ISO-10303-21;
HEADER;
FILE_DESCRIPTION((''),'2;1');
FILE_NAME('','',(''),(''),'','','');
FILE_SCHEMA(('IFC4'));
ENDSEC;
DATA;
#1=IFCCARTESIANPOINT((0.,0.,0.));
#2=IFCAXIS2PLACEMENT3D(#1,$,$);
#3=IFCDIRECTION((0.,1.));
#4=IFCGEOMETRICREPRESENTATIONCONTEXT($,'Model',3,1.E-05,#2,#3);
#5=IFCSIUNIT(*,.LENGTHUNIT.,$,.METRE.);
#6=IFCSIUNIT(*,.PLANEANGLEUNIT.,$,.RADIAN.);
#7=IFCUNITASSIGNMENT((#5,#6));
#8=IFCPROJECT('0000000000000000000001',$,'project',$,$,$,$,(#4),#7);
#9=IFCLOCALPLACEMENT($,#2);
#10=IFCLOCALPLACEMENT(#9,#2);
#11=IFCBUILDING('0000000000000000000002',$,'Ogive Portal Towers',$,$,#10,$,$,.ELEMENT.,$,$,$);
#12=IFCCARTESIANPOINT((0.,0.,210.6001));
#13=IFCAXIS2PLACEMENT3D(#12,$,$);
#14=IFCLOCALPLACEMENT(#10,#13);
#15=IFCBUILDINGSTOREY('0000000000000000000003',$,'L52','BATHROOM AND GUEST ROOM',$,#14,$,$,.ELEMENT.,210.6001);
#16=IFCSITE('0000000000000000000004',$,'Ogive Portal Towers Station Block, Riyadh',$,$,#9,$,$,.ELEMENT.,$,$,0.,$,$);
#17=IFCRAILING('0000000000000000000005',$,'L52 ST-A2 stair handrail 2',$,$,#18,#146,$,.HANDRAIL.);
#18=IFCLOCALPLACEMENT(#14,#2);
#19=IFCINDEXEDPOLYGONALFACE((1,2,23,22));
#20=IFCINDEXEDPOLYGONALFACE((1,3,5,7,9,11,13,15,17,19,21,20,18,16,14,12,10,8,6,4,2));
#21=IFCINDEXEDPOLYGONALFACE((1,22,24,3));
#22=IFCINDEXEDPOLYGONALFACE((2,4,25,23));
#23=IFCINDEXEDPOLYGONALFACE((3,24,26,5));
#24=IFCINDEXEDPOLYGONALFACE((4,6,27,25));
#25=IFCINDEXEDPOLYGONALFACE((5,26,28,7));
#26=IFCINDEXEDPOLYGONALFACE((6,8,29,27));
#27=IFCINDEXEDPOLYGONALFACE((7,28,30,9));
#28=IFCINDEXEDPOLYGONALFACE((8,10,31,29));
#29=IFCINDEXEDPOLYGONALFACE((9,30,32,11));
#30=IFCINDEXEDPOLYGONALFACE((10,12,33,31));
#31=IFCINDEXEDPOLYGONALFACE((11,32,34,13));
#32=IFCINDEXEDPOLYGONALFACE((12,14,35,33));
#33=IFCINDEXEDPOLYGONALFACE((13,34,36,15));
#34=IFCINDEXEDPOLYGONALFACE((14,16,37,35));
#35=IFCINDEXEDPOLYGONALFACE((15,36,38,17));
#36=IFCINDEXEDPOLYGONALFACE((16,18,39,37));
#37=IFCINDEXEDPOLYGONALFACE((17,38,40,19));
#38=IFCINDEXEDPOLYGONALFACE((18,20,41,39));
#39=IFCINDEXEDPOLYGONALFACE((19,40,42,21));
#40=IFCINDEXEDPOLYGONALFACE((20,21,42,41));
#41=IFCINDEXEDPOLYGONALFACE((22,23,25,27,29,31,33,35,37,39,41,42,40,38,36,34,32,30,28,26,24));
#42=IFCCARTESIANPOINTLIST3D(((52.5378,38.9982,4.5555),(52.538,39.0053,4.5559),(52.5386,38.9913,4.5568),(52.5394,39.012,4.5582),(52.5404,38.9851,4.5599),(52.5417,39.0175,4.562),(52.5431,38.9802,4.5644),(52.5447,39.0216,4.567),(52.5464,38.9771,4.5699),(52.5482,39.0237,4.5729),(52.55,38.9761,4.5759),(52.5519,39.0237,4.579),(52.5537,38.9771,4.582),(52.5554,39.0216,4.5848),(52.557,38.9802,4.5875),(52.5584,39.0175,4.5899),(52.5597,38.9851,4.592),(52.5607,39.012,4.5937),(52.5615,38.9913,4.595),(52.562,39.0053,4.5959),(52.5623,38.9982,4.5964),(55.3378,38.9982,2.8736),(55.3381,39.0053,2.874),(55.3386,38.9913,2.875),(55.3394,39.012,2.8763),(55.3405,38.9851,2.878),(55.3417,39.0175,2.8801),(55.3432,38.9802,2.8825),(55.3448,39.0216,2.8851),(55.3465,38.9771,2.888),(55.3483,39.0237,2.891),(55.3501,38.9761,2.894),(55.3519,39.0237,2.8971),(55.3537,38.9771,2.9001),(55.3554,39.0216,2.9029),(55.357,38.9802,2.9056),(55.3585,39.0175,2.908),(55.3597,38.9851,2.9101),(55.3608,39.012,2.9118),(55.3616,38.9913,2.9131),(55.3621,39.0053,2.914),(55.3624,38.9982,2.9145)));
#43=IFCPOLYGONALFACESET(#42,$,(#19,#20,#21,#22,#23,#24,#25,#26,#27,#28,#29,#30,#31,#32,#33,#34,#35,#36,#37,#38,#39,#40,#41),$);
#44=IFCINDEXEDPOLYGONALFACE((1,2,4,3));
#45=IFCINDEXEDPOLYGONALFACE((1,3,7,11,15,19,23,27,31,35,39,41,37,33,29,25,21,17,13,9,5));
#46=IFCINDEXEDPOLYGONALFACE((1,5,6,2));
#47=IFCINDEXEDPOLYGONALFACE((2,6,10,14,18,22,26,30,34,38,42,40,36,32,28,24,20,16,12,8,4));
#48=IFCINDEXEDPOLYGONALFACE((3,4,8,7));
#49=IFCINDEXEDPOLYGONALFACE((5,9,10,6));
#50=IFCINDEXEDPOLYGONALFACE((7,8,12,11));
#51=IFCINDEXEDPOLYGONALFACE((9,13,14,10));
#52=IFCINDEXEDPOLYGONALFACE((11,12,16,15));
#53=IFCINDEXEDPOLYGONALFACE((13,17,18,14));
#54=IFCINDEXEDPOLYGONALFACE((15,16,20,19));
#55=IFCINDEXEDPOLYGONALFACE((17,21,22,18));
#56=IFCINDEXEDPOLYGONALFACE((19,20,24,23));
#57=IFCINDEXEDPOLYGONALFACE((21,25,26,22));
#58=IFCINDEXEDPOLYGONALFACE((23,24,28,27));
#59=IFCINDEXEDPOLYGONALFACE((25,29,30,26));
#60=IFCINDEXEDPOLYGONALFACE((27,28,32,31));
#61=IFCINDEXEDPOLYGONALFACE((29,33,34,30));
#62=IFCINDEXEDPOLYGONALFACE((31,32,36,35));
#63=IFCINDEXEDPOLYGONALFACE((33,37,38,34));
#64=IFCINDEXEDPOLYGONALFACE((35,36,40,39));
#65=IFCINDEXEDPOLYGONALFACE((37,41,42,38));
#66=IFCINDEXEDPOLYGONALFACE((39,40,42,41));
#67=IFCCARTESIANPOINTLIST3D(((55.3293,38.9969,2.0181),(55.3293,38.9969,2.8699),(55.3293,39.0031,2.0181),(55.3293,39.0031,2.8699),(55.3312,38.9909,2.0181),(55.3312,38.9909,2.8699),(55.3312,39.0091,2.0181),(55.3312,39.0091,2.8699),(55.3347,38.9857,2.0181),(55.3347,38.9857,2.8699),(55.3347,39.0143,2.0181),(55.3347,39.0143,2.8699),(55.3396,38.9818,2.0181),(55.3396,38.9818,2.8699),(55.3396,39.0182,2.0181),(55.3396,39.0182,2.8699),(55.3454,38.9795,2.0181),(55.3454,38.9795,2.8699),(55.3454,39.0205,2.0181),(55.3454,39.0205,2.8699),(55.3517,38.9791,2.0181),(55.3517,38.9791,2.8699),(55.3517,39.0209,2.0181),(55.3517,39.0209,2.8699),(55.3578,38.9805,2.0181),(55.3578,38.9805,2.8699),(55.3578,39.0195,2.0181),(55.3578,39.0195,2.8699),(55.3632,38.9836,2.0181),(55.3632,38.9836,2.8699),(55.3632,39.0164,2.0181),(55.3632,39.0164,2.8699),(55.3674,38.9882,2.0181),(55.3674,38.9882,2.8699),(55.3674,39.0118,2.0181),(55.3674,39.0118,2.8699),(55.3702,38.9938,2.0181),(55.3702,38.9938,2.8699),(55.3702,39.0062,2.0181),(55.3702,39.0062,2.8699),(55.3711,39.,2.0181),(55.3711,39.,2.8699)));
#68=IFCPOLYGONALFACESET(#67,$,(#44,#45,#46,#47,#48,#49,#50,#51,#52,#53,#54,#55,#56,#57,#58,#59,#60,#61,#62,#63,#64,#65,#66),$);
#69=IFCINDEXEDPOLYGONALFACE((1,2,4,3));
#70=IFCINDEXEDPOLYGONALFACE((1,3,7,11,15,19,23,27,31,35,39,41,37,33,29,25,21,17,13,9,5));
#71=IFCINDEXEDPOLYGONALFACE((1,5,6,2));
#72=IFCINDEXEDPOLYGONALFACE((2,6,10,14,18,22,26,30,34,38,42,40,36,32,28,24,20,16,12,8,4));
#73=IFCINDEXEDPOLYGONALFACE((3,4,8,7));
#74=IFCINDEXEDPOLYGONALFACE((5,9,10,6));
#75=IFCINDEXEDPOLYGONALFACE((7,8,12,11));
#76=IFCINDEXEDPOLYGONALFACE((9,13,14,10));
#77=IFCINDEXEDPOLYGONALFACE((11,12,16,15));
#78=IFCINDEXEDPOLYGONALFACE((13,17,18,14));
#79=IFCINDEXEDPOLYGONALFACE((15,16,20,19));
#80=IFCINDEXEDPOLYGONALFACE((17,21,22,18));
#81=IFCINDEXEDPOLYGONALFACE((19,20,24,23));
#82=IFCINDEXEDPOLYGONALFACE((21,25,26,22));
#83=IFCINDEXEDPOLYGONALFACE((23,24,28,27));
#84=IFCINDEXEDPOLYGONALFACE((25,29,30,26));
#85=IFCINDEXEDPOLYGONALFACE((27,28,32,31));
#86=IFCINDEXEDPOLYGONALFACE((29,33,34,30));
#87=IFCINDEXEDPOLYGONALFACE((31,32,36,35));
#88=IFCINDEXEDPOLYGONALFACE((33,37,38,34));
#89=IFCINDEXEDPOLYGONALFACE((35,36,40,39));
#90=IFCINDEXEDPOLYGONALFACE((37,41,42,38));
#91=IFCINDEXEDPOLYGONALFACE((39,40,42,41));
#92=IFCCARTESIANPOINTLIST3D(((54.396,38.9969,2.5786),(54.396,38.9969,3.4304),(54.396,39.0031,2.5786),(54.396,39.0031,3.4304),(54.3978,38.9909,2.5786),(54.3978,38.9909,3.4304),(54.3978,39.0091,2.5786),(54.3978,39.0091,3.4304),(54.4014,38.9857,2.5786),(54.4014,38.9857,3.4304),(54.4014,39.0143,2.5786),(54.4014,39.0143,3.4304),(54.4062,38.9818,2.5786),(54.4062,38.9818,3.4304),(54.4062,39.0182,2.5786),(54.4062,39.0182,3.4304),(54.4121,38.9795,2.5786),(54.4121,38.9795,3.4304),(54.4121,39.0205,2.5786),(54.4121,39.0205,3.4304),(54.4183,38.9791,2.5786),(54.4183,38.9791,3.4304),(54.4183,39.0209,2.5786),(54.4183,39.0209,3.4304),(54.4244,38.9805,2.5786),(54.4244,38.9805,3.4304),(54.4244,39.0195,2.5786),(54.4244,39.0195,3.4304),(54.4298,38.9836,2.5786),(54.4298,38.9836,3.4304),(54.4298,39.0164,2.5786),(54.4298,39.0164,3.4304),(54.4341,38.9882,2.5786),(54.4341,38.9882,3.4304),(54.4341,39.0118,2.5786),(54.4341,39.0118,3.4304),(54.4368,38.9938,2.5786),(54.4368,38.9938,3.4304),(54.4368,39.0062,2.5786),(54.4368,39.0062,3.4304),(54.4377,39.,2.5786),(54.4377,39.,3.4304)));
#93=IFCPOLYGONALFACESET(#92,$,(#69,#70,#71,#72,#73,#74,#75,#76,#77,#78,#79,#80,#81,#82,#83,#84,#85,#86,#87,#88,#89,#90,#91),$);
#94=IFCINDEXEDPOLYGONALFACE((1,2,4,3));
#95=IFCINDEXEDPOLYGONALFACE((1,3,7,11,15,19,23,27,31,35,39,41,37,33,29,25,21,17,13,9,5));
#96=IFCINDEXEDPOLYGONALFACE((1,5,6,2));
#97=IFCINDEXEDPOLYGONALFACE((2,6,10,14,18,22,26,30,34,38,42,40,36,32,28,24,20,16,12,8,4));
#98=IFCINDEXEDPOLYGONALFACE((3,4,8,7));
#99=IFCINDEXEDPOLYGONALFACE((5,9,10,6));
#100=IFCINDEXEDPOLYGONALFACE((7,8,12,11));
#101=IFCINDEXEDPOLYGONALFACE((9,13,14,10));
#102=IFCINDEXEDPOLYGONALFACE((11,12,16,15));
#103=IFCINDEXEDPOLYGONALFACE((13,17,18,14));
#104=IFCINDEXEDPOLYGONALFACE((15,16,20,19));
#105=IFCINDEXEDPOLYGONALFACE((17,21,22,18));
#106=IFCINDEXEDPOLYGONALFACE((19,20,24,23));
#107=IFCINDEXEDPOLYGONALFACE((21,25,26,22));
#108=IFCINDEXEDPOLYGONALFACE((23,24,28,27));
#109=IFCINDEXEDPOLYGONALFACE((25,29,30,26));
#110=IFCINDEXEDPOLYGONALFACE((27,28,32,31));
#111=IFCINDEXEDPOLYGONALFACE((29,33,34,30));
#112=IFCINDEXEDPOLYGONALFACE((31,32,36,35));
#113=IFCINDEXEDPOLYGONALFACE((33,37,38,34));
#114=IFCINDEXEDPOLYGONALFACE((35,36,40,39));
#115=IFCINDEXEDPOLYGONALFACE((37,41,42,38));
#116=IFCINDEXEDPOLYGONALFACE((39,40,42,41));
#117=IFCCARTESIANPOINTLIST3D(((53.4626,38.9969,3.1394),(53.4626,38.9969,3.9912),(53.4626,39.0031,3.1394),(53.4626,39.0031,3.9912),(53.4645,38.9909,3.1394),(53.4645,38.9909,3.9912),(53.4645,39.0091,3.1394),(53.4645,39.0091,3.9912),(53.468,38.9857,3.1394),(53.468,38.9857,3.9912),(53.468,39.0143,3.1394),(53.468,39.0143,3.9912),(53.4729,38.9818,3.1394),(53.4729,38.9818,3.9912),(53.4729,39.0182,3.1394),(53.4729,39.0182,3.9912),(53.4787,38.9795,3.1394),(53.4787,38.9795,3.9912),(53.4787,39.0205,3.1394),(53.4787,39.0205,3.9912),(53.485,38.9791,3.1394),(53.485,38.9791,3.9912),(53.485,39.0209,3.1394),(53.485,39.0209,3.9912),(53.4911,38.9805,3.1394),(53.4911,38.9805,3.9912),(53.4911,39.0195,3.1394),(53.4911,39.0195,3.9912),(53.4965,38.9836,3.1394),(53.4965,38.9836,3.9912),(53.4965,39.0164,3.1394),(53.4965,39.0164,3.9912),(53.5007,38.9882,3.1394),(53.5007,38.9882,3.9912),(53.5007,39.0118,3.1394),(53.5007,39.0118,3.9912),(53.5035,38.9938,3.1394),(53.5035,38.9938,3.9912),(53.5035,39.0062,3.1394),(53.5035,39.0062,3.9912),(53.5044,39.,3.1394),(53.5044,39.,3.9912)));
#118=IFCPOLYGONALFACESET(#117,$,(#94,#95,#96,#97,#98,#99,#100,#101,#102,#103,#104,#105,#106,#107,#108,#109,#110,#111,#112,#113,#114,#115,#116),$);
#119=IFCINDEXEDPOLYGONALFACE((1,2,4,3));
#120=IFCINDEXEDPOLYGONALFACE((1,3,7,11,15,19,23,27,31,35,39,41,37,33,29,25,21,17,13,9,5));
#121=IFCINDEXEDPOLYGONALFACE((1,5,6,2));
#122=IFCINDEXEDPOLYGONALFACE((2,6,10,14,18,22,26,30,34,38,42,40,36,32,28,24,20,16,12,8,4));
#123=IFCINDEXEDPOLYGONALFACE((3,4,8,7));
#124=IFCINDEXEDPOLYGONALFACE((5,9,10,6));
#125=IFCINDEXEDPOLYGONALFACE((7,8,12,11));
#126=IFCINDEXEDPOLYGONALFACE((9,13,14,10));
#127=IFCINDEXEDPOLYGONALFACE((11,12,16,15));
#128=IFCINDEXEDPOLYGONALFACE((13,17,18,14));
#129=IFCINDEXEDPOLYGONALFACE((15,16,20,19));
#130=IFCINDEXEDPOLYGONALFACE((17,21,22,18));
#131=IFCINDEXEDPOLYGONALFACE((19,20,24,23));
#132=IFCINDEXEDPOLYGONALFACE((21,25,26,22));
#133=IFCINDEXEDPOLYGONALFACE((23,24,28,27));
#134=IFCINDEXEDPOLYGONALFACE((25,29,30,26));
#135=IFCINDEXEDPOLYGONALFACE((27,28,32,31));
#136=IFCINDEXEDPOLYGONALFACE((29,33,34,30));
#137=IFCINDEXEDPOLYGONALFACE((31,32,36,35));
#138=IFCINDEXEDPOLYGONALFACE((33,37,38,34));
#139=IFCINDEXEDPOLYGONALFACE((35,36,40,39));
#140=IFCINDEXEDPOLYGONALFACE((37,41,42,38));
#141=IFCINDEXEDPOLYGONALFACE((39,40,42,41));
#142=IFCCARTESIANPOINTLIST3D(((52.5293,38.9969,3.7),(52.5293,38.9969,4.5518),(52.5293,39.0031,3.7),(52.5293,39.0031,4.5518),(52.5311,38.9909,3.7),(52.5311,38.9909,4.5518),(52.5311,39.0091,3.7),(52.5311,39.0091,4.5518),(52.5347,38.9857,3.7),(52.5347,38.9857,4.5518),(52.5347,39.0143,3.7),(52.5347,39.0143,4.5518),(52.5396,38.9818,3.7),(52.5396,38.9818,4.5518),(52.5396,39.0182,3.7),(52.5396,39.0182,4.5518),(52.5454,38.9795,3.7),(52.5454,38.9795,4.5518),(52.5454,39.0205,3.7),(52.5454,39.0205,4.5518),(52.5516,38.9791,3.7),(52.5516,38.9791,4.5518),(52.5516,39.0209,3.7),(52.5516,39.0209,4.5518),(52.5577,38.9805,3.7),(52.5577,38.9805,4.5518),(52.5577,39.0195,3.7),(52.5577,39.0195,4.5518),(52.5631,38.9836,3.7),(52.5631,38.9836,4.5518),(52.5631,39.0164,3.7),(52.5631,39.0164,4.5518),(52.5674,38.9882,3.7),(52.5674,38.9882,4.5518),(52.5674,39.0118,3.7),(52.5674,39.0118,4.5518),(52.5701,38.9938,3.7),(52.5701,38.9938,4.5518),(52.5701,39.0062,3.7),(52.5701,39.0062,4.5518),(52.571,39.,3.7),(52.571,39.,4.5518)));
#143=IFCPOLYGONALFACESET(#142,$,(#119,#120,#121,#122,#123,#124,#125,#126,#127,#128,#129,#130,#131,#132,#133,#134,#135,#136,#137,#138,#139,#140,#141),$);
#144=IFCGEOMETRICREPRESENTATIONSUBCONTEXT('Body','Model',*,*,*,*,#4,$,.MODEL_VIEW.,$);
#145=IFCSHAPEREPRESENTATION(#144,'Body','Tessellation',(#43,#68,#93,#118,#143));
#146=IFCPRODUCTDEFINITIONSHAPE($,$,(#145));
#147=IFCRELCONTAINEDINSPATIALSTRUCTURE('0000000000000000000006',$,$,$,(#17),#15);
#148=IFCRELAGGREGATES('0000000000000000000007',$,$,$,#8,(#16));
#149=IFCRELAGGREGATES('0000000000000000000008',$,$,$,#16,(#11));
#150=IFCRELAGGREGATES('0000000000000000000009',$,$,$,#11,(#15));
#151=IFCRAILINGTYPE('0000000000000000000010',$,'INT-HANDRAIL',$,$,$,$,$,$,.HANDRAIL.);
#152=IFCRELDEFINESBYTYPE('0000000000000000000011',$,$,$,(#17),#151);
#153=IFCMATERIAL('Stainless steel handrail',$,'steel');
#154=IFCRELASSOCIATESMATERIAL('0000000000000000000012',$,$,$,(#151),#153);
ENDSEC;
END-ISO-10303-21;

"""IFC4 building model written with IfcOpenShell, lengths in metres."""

from ifc_helpers import new_model, si_unit, direction, frame, origin, origin_2d, place, context, subcontext, project, spatial, circle, extrude, material, type_object, element, save


model = new_model("IFC4")

# Units and contexts
model_context = context("Model", 3, precision=1e-05, world=origin(), true_north=direction((0.0, 1.0)))
body_context = subcontext(model_context, "Body", "Model", "MODEL_VIEW")
ifc_project = project(units=[si_unit("LENGTHUNIT", "METRE"), si_unit("PLANEANGLEUNIT", "RADIAN")], contexts=[model_context])

# Site, building, storey
site_placement = place(None, origin())
site = spatial("IfcSite", under=ifc_project, at=site_placement, Name="Ogive Portal Towers Station Block, Riyadh", CompositionType="ELEMENT", RefElevation=0.0)
building_placement = place(site_placement, origin())
building = spatial("IfcBuilding", under=site, at=building_placement, Name="Ogive Portal Towers", CompositionType="ELEMENT")
storey_placement = place(building_placement, frame((0.0, 0.0, 210.6001)))
storey = spatial("IfcBuildingStorey", under=building, at=storey_placement, Name="L52", Description="BATHROOM AND GUEST ROOM", CompositionType="ELEMENT", Elevation=210.6001)

# Railing
ifc_material_1 = material(Name="Stainless steel handrail", Category="steel")
railing_type_1 = type_object("IfcRailingType", Name="INT-HANDRAIL", PredefinedType="HANDRAIL", material=ifc_material_1)
railing_1_placement = place(storey_placement, frame((55.3501, 39.0, 2.0181)))
element("IfcRailing", 1, at=railing_1_placement, inside=storey, type_object=railing_type_1, Name="L52 ST-A2 stair handrail 2", PredefinedType="HANDRAIL", context=body_context, shape_type="SweptSolid", body=[
    extrude(circle(Radius=0.0239, at=origin_2d()), frame((0.0, 0.0, 0.876), z_axis=(-0.857242, 0.0, 0.514913), x_axis=(0.0, -1.0, 0.0)), (0.0, 0.0, 1.0), 3.2664),
    extrude(circle(Radius=0.021, at=origin_2d()), origin(), (0.0, 0.0, 1.0), 0.8518),
    extrude(circle(Radius=0.021, at=origin_2d()), frame((-0.9333, 0.0, 0.5605)), (0.0, 0.0, 1.0), 0.8518),
    extrude(circle(Radius=0.021, at=origin_2d()), frame((-1.8667, 0.0, 1.1213)), (0.0, 0.0, 1.0), 0.8518),
    extrude(circle(Radius=0.021, at=origin_2d()), frame((-2.8, 0.0, 1.6819)), (0.0, 0.0, 1.0), 0.8518),
])

save(model, "model.ifc")
